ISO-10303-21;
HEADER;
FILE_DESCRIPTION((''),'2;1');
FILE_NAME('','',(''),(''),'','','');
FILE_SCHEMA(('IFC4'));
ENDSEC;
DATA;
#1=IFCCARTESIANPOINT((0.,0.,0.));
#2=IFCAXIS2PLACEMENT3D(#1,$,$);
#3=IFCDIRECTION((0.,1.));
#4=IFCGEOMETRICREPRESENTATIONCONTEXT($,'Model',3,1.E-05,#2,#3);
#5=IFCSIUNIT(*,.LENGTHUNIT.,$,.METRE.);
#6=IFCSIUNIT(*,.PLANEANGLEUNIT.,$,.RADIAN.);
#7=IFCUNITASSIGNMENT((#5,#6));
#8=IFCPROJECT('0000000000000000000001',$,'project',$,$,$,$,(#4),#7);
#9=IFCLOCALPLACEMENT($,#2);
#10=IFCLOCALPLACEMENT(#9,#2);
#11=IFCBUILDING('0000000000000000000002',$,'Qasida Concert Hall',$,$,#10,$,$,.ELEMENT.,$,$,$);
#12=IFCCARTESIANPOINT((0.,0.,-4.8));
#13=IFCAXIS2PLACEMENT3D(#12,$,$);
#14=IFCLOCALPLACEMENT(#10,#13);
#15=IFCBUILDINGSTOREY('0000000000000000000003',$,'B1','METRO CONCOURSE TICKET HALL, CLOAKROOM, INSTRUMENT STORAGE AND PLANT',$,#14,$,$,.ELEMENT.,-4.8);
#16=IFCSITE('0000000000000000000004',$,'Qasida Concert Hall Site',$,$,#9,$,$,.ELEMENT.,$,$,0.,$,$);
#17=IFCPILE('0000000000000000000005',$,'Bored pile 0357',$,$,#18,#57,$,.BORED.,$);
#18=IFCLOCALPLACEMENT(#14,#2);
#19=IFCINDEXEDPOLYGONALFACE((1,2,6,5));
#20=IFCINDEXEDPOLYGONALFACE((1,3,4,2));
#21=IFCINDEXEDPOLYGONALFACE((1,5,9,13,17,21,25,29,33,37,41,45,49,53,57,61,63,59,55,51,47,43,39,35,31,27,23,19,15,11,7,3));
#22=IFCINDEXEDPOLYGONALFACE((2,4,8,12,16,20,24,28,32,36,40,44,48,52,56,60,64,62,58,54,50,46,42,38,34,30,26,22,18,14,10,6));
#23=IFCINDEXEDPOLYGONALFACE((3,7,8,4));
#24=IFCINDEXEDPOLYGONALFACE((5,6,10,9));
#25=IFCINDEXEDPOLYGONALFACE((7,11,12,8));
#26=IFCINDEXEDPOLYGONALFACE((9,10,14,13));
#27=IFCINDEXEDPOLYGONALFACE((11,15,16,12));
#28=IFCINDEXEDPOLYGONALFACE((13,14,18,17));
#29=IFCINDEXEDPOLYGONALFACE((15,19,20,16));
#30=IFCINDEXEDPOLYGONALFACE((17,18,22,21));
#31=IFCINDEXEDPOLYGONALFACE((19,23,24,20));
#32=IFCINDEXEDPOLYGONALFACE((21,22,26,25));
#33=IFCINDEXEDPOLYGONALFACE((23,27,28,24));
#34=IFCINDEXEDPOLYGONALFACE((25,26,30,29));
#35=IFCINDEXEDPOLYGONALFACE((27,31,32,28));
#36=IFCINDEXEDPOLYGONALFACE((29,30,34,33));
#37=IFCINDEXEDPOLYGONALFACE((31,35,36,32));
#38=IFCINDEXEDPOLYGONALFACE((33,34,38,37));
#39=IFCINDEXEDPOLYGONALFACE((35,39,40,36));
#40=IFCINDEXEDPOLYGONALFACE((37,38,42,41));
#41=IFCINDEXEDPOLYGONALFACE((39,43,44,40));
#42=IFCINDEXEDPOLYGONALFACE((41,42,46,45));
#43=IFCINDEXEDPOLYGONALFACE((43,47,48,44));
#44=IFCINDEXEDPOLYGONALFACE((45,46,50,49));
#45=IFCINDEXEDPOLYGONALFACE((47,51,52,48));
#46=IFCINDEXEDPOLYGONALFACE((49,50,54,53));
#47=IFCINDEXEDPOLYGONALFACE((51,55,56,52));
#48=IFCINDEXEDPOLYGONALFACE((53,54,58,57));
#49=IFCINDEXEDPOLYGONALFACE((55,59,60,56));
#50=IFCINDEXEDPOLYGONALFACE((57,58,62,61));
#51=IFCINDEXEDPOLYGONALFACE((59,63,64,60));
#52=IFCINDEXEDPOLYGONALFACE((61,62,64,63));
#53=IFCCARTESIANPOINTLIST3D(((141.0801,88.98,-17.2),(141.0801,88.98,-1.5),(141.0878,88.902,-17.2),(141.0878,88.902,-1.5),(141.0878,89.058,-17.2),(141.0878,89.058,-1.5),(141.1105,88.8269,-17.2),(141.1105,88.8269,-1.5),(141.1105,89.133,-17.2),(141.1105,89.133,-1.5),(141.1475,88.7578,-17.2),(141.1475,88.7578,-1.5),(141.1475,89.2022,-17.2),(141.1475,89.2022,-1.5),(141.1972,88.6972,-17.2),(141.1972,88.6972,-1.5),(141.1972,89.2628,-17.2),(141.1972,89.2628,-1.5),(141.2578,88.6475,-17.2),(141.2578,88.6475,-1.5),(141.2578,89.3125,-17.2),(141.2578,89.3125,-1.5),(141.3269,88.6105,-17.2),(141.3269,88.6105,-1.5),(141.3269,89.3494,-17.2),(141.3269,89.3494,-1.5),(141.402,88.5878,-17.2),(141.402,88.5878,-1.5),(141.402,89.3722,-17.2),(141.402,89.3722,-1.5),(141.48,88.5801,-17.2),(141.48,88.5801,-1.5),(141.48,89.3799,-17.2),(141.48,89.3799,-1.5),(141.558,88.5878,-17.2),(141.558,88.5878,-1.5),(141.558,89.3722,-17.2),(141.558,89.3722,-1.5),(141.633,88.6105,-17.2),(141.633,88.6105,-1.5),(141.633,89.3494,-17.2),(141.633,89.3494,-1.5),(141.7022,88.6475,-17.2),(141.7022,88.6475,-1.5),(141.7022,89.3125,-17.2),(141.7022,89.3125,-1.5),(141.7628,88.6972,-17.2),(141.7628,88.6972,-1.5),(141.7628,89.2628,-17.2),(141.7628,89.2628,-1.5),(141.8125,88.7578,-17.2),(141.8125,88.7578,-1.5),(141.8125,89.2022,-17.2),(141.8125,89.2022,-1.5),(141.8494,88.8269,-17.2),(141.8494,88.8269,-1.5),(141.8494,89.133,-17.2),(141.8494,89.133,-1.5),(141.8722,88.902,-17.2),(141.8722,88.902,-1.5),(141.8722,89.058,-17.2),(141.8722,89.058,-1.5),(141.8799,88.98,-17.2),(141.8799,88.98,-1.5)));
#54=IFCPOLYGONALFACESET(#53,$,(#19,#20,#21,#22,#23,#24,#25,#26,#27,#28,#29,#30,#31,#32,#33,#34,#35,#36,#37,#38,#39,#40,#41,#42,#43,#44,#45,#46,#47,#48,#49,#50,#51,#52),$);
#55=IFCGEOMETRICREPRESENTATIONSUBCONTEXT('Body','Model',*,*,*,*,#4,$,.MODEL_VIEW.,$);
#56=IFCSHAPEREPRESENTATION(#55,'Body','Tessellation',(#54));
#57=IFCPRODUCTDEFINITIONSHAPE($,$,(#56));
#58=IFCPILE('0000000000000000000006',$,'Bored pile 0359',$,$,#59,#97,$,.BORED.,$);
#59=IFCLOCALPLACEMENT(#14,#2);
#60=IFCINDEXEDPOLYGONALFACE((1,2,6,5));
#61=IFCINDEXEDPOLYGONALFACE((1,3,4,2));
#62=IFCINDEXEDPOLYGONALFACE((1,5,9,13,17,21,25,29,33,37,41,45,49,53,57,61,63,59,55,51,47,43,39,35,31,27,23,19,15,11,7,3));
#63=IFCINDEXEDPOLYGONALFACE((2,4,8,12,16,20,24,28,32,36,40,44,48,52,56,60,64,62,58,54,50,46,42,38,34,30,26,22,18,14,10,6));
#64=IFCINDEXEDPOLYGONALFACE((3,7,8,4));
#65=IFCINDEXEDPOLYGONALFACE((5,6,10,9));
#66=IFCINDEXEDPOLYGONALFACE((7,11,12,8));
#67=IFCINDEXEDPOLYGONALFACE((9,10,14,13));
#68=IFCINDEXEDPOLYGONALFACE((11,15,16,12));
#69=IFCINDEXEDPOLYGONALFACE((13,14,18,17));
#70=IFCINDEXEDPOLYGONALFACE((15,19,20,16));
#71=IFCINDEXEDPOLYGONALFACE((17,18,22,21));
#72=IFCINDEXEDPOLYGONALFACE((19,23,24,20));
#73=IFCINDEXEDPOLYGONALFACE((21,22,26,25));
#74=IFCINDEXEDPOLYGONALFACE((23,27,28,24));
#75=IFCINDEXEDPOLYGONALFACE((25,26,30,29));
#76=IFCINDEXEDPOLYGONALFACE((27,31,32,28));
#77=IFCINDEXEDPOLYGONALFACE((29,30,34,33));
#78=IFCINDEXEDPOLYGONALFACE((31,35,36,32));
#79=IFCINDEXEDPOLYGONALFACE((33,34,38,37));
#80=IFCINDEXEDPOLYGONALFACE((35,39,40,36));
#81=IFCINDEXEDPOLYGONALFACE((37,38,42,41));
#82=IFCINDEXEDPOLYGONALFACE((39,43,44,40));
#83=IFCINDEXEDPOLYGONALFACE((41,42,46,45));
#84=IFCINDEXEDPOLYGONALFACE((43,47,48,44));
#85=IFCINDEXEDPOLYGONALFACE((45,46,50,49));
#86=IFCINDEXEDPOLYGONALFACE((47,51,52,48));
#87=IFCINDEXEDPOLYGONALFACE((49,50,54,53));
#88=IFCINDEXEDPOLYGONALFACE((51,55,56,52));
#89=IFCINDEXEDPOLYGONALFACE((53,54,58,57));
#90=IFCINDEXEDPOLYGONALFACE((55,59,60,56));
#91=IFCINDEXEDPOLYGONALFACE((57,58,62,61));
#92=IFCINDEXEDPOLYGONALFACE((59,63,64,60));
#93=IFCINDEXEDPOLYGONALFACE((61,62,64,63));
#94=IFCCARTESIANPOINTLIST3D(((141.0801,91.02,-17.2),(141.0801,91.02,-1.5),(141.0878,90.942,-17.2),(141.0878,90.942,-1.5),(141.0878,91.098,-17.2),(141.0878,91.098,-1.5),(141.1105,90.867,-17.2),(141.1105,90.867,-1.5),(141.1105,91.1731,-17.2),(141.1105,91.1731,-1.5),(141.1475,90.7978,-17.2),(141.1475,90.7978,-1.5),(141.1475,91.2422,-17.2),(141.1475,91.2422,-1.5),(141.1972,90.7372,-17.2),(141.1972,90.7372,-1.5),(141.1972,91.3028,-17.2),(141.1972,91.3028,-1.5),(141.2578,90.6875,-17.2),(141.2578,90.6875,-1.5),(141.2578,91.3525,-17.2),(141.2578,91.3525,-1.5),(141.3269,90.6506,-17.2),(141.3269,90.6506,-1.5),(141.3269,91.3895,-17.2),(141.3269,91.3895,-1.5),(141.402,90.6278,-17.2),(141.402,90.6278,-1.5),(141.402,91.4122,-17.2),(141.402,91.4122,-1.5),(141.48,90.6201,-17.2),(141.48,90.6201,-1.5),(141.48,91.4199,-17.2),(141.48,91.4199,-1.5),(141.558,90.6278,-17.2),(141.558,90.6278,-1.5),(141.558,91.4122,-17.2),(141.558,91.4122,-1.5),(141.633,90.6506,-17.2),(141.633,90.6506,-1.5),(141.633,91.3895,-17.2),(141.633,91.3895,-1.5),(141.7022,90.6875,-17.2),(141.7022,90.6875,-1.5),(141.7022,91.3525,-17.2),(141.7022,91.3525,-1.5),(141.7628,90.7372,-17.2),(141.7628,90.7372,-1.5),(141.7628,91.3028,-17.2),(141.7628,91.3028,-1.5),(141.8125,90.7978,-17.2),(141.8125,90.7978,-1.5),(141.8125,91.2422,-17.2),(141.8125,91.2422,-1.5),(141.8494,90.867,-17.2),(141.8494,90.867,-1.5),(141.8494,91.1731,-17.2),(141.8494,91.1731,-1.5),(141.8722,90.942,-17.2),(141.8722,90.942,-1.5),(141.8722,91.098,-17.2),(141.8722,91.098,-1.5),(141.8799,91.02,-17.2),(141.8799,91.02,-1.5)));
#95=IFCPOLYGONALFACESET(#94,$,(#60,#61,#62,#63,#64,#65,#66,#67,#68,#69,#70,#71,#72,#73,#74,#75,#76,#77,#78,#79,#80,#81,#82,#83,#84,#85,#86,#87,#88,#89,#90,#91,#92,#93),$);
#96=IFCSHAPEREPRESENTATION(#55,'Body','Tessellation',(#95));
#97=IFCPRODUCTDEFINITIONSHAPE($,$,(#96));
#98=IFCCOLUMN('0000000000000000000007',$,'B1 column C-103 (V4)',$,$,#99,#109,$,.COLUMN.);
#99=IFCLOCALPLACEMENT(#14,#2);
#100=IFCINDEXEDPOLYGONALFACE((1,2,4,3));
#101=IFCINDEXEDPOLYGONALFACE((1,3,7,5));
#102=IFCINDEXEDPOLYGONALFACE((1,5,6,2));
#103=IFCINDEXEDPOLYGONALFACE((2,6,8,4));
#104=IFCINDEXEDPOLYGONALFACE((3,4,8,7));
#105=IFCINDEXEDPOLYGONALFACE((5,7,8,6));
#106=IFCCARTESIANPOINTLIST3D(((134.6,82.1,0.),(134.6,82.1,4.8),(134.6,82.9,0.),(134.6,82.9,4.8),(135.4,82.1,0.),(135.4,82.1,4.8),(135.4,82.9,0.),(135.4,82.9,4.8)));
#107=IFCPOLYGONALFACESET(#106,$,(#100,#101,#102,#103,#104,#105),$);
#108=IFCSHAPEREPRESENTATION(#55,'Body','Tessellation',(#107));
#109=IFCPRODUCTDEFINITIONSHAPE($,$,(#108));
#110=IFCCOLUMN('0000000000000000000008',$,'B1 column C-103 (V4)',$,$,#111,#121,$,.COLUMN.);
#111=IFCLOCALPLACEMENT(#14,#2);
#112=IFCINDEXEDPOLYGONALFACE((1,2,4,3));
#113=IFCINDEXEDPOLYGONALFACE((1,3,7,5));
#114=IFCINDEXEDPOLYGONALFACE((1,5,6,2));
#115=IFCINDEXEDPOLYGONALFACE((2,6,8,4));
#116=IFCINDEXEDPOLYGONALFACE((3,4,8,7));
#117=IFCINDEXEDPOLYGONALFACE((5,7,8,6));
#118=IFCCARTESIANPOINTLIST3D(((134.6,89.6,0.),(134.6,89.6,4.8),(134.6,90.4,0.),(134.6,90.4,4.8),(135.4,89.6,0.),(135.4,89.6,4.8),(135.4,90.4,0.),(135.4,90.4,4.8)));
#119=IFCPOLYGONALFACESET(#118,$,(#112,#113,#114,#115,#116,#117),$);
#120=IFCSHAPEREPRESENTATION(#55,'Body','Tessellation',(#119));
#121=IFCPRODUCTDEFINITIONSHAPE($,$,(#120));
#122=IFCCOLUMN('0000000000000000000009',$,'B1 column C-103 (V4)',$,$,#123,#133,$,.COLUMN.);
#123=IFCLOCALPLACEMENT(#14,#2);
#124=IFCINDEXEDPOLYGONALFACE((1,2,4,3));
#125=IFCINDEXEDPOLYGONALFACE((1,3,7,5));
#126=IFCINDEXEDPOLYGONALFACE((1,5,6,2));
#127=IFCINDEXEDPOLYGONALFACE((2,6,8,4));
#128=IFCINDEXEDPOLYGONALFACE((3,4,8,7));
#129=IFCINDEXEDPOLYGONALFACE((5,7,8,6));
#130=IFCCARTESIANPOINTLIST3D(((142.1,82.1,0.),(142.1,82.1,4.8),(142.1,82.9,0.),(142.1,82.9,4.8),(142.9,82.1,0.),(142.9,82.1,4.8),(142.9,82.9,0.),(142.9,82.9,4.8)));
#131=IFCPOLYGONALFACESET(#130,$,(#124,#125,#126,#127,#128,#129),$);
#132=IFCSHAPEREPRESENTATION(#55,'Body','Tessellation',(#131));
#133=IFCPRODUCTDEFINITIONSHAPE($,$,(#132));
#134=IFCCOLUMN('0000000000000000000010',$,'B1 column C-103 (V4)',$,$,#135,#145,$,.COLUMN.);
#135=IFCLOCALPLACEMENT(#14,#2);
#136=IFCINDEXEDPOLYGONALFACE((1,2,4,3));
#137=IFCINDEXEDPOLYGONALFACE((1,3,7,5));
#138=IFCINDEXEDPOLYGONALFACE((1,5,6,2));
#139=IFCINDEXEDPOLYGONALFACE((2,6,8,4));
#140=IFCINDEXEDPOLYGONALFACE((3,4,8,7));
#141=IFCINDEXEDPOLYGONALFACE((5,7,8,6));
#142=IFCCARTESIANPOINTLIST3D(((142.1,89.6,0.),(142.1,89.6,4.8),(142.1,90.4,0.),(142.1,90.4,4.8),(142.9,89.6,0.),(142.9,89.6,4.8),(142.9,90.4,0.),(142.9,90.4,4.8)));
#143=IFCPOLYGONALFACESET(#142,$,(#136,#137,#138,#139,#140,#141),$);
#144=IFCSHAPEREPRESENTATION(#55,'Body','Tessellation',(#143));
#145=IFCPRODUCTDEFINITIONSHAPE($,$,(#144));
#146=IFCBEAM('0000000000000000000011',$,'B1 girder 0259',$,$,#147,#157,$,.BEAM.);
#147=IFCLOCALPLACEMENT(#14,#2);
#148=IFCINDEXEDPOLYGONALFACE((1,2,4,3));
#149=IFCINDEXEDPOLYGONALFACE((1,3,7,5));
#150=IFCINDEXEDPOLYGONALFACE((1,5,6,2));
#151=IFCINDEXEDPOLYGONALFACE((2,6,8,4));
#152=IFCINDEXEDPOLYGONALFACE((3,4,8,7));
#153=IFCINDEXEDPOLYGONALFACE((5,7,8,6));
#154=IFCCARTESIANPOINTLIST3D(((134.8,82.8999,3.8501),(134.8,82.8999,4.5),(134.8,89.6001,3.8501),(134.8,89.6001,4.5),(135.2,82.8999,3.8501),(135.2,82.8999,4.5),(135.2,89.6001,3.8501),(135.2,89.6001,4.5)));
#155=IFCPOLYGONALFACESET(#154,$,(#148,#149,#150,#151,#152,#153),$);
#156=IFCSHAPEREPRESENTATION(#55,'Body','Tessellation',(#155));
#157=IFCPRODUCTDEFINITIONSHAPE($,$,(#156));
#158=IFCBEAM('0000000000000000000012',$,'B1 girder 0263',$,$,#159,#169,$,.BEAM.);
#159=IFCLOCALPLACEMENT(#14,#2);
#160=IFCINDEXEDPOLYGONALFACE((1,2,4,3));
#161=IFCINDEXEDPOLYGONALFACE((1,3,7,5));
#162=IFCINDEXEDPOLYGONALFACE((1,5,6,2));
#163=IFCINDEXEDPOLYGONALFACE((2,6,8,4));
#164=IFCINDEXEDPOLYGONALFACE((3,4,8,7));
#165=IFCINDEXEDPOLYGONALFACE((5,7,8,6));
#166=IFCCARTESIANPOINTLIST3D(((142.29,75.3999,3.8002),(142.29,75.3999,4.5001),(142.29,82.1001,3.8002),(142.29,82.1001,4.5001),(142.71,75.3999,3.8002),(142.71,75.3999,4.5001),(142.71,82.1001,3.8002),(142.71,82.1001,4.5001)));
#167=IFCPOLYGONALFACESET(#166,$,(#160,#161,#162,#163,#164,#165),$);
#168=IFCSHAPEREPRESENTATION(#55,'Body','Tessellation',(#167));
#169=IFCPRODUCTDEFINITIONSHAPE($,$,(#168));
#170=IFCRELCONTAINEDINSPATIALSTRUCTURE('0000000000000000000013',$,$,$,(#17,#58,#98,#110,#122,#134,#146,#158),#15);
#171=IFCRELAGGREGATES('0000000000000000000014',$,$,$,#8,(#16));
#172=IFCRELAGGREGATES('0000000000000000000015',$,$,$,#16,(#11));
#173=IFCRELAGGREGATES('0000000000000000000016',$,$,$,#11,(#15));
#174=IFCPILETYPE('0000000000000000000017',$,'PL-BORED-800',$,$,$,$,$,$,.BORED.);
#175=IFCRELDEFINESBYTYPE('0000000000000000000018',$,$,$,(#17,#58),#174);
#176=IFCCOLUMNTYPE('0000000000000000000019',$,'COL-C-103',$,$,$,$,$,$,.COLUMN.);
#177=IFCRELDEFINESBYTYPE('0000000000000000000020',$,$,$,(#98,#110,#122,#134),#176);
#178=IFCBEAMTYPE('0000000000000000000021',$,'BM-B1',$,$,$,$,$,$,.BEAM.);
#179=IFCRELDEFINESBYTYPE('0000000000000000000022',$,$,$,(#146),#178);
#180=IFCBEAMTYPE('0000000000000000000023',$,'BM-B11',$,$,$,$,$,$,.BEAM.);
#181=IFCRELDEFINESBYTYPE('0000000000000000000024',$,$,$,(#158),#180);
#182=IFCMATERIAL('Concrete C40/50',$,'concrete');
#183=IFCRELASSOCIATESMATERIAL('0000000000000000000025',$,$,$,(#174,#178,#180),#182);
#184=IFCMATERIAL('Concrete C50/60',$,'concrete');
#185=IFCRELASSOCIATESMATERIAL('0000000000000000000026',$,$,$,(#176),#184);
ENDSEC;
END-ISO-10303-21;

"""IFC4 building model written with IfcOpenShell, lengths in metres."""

from ifc_helpers import new_model, si_unit, direction, frame, origin, origin_2d, place, context, subcontext, project, spatial, rectangle, circle, extrude, material, material_profile, profile_set, type_object, element, save


model = new_model("IFC4")

# Units and contexts
model_context = context("Model", 3, precision=1e-05, world=origin(), true_north=direction((0.0, 1.0)))
body_context = subcontext(model_context, "Body", "Model", "MODEL_VIEW")
ifc_project = project(units=[si_unit("LENGTHUNIT", "METRE"), si_unit("PLANEANGLEUNIT", "RADIAN")], contexts=[model_context])

# Site, building, storey
site_placement = place(None, origin())
site = spatial("IfcSite", under=ifc_project, at=site_placement, Name="Qasida Concert Hall Site", CompositionType="ELEMENT", RefElevation=0.0)
building_placement = place(site_placement, origin())
building = spatial("IfcBuilding", under=site, at=building_placement, Name="Qasida Concert Hall", CompositionType="ELEMENT")
storey_placement = place(building_placement, frame((0.0, 0.0, -4.8)))
storey = spatial("IfcBuildingStorey", under=building, at=storey_placement, Name="B1", Description="METRO CONCOURSE TICKET HALL, CLOAKROOM, INSTRUMENT STORAGE AND PLANT", CompositionType="ELEMENT", Elevation=-4.8)

# Shared definitions
ifc_material_1 = material(Name="Concrete C40/50", Category="concrete")

# Piles
ifc_material_profile_1 = material_profile(ifc_material_1, circle(Radius=0.3999, at=origin_2d()), Name="BORED PILE D800")
ifc_profile_set_1 = profile_set([ifc_material_profile_1], Name="Concrete C40/50")
pile_type = type_object("IfcPileType", Name="PL-BORED-800", PredefinedType="BORED", material=ifc_profile_set_1)
for number, where, z_axis, x_axis, name in (
    (1, (141.48, 88.98, -1.5), (0.0, 0.0, -1.0), (1.0, 0.0, 0.0), "Bored pile 0357"),
    (2, (141.48, 91.02, -1.5), (0.0, 0.0, -1.0), (1.0, 0.0, 0.0), "Bored pile 0359"),
):
    element("IfcPile", number, at=place(storey_placement, frame(where, z_axis=z_axis, x_axis=x_axis)), inside=storey, type_object=pile_type, Name=name, PredefinedType="BORED", context=body_context, shape_type="SweptSolid", body=[
        extrude(circle(Radius=0.3999, at=origin_2d()), origin(), (0.0, 0.0, 1.0), 15.7),
    ])

# Columns
ifc_material_2 = material(Name="Concrete C50/60", Category="concrete")
ifc_material_profile_2 = material_profile(ifc_material_2, rectangle(XDim=0.8, YDim=0.8, at=origin_2d()), Name="RC 800x800")
ifc_profile_set_2 = profile_set([ifc_material_profile_2], Name="Concrete C50/60")
column_type = type_object("IfcColumnType", Name="COL-C-103", PredefinedType="COLUMN", material=ifc_profile_set_2)
for number, where, z_axis, x_axis, name in (
    (3, (135.0, 82.5, 0.0), (0.0, 0.0, 1.0), (1.0, 0.0, 0.0), "B1 column C-103 (V4)"),
    (4, (135.0, 90.0, 0.0), (0.0, 0.0, 1.0), (1.0, 0.0, 0.0), "B1 column C-103 (V4)"),
    (5, (142.5, 82.5, 0.0), (0.0, 0.0, 1.0), (1.0, 0.0, 0.0), "B1 column C-103 (V4)"),
    (6, (142.5, 90.0, 0.0), (0.0, 0.0, 1.0), (1.0, 0.0, 0.0), "B1 column C-103 (V4)"),
):
    element("IfcColumn", number, at=place(storey_placement, frame(where, z_axis=z_axis, x_axis=x_axis)), inside=storey, type_object=column_type, Name=name, PredefinedType="COLUMN", context=body_context, shape_type="SweptSolid", body=[
        extrude(rectangle(XDim=0.8, YDim=0.8, at=origin_2d()), origin(), (0.0, 0.0, 1.0), 4.8),
    ])

# Beams
ifc_material_profile_3 = material_profile(ifc_material_1, rectangle(XDim=0.3999, YDim=0.6499, at=origin_2d()), Name="RC 400x650")
ifc_profile_set_3 = profile_set([ifc_material_profile_3], Name="Concrete C40/50")
beam_type_1 = type_object("IfcBeamType", Name="BM-B1", PredefinedType="BEAM", material=ifc_profile_set_3)
beam_1_placement = place(storey_placement, frame((135.0, 82.8999, 4.175), z_axis=(0.0, 1.0, 0.0), x_axis=(-1.0, 0.0, 0.0)))
element("IfcBeam", 7, at=beam_1_placement, inside=storey, type_object=beam_type_1, Name="B1 girder 0259", PredefinedType="BEAM", context=body_context, shape_type="SweptSolid", body=[
    extrude(rectangle(XDim=0.3999, YDim=0.6499, at=origin_2d()), origin(), (0.0, 0.0, 1.0), 6.7002),
])
ifc_material_profile_4 = material_profile(ifc_material_1, rectangle(XDim=0.4199, YDim=0.7, at=origin_2d()), Name="RC 420x700")
ifc_profile_set_4 = profile_set([ifc_material_profile_4], Name="Concrete C40/50")
beam_type_2 = type_object("IfcBeamType", Name="BM-B11", PredefinedType="BEAM", material=ifc_profile_set_4)
beam_2_placement = place(storey_placement, frame((142.5, 75.3999, 4.1501), z_axis=(0.0, 1.0, 0.0), x_axis=(-1.0, 0.0, 0.0)))
element("IfcBeam", 8, at=beam_2_placement, inside=storey, type_object=beam_type_2, Name="B1 girder 0263", PredefinedType="BEAM", context=body_context, shape_type="SweptSolid", body=[
    extrude(rectangle(XDim=0.4199, YDim=0.7, at=origin_2d()), origin(), (0.0, 0.0, 1.0), 6.7002),
])

save(model, "model.ifc")
